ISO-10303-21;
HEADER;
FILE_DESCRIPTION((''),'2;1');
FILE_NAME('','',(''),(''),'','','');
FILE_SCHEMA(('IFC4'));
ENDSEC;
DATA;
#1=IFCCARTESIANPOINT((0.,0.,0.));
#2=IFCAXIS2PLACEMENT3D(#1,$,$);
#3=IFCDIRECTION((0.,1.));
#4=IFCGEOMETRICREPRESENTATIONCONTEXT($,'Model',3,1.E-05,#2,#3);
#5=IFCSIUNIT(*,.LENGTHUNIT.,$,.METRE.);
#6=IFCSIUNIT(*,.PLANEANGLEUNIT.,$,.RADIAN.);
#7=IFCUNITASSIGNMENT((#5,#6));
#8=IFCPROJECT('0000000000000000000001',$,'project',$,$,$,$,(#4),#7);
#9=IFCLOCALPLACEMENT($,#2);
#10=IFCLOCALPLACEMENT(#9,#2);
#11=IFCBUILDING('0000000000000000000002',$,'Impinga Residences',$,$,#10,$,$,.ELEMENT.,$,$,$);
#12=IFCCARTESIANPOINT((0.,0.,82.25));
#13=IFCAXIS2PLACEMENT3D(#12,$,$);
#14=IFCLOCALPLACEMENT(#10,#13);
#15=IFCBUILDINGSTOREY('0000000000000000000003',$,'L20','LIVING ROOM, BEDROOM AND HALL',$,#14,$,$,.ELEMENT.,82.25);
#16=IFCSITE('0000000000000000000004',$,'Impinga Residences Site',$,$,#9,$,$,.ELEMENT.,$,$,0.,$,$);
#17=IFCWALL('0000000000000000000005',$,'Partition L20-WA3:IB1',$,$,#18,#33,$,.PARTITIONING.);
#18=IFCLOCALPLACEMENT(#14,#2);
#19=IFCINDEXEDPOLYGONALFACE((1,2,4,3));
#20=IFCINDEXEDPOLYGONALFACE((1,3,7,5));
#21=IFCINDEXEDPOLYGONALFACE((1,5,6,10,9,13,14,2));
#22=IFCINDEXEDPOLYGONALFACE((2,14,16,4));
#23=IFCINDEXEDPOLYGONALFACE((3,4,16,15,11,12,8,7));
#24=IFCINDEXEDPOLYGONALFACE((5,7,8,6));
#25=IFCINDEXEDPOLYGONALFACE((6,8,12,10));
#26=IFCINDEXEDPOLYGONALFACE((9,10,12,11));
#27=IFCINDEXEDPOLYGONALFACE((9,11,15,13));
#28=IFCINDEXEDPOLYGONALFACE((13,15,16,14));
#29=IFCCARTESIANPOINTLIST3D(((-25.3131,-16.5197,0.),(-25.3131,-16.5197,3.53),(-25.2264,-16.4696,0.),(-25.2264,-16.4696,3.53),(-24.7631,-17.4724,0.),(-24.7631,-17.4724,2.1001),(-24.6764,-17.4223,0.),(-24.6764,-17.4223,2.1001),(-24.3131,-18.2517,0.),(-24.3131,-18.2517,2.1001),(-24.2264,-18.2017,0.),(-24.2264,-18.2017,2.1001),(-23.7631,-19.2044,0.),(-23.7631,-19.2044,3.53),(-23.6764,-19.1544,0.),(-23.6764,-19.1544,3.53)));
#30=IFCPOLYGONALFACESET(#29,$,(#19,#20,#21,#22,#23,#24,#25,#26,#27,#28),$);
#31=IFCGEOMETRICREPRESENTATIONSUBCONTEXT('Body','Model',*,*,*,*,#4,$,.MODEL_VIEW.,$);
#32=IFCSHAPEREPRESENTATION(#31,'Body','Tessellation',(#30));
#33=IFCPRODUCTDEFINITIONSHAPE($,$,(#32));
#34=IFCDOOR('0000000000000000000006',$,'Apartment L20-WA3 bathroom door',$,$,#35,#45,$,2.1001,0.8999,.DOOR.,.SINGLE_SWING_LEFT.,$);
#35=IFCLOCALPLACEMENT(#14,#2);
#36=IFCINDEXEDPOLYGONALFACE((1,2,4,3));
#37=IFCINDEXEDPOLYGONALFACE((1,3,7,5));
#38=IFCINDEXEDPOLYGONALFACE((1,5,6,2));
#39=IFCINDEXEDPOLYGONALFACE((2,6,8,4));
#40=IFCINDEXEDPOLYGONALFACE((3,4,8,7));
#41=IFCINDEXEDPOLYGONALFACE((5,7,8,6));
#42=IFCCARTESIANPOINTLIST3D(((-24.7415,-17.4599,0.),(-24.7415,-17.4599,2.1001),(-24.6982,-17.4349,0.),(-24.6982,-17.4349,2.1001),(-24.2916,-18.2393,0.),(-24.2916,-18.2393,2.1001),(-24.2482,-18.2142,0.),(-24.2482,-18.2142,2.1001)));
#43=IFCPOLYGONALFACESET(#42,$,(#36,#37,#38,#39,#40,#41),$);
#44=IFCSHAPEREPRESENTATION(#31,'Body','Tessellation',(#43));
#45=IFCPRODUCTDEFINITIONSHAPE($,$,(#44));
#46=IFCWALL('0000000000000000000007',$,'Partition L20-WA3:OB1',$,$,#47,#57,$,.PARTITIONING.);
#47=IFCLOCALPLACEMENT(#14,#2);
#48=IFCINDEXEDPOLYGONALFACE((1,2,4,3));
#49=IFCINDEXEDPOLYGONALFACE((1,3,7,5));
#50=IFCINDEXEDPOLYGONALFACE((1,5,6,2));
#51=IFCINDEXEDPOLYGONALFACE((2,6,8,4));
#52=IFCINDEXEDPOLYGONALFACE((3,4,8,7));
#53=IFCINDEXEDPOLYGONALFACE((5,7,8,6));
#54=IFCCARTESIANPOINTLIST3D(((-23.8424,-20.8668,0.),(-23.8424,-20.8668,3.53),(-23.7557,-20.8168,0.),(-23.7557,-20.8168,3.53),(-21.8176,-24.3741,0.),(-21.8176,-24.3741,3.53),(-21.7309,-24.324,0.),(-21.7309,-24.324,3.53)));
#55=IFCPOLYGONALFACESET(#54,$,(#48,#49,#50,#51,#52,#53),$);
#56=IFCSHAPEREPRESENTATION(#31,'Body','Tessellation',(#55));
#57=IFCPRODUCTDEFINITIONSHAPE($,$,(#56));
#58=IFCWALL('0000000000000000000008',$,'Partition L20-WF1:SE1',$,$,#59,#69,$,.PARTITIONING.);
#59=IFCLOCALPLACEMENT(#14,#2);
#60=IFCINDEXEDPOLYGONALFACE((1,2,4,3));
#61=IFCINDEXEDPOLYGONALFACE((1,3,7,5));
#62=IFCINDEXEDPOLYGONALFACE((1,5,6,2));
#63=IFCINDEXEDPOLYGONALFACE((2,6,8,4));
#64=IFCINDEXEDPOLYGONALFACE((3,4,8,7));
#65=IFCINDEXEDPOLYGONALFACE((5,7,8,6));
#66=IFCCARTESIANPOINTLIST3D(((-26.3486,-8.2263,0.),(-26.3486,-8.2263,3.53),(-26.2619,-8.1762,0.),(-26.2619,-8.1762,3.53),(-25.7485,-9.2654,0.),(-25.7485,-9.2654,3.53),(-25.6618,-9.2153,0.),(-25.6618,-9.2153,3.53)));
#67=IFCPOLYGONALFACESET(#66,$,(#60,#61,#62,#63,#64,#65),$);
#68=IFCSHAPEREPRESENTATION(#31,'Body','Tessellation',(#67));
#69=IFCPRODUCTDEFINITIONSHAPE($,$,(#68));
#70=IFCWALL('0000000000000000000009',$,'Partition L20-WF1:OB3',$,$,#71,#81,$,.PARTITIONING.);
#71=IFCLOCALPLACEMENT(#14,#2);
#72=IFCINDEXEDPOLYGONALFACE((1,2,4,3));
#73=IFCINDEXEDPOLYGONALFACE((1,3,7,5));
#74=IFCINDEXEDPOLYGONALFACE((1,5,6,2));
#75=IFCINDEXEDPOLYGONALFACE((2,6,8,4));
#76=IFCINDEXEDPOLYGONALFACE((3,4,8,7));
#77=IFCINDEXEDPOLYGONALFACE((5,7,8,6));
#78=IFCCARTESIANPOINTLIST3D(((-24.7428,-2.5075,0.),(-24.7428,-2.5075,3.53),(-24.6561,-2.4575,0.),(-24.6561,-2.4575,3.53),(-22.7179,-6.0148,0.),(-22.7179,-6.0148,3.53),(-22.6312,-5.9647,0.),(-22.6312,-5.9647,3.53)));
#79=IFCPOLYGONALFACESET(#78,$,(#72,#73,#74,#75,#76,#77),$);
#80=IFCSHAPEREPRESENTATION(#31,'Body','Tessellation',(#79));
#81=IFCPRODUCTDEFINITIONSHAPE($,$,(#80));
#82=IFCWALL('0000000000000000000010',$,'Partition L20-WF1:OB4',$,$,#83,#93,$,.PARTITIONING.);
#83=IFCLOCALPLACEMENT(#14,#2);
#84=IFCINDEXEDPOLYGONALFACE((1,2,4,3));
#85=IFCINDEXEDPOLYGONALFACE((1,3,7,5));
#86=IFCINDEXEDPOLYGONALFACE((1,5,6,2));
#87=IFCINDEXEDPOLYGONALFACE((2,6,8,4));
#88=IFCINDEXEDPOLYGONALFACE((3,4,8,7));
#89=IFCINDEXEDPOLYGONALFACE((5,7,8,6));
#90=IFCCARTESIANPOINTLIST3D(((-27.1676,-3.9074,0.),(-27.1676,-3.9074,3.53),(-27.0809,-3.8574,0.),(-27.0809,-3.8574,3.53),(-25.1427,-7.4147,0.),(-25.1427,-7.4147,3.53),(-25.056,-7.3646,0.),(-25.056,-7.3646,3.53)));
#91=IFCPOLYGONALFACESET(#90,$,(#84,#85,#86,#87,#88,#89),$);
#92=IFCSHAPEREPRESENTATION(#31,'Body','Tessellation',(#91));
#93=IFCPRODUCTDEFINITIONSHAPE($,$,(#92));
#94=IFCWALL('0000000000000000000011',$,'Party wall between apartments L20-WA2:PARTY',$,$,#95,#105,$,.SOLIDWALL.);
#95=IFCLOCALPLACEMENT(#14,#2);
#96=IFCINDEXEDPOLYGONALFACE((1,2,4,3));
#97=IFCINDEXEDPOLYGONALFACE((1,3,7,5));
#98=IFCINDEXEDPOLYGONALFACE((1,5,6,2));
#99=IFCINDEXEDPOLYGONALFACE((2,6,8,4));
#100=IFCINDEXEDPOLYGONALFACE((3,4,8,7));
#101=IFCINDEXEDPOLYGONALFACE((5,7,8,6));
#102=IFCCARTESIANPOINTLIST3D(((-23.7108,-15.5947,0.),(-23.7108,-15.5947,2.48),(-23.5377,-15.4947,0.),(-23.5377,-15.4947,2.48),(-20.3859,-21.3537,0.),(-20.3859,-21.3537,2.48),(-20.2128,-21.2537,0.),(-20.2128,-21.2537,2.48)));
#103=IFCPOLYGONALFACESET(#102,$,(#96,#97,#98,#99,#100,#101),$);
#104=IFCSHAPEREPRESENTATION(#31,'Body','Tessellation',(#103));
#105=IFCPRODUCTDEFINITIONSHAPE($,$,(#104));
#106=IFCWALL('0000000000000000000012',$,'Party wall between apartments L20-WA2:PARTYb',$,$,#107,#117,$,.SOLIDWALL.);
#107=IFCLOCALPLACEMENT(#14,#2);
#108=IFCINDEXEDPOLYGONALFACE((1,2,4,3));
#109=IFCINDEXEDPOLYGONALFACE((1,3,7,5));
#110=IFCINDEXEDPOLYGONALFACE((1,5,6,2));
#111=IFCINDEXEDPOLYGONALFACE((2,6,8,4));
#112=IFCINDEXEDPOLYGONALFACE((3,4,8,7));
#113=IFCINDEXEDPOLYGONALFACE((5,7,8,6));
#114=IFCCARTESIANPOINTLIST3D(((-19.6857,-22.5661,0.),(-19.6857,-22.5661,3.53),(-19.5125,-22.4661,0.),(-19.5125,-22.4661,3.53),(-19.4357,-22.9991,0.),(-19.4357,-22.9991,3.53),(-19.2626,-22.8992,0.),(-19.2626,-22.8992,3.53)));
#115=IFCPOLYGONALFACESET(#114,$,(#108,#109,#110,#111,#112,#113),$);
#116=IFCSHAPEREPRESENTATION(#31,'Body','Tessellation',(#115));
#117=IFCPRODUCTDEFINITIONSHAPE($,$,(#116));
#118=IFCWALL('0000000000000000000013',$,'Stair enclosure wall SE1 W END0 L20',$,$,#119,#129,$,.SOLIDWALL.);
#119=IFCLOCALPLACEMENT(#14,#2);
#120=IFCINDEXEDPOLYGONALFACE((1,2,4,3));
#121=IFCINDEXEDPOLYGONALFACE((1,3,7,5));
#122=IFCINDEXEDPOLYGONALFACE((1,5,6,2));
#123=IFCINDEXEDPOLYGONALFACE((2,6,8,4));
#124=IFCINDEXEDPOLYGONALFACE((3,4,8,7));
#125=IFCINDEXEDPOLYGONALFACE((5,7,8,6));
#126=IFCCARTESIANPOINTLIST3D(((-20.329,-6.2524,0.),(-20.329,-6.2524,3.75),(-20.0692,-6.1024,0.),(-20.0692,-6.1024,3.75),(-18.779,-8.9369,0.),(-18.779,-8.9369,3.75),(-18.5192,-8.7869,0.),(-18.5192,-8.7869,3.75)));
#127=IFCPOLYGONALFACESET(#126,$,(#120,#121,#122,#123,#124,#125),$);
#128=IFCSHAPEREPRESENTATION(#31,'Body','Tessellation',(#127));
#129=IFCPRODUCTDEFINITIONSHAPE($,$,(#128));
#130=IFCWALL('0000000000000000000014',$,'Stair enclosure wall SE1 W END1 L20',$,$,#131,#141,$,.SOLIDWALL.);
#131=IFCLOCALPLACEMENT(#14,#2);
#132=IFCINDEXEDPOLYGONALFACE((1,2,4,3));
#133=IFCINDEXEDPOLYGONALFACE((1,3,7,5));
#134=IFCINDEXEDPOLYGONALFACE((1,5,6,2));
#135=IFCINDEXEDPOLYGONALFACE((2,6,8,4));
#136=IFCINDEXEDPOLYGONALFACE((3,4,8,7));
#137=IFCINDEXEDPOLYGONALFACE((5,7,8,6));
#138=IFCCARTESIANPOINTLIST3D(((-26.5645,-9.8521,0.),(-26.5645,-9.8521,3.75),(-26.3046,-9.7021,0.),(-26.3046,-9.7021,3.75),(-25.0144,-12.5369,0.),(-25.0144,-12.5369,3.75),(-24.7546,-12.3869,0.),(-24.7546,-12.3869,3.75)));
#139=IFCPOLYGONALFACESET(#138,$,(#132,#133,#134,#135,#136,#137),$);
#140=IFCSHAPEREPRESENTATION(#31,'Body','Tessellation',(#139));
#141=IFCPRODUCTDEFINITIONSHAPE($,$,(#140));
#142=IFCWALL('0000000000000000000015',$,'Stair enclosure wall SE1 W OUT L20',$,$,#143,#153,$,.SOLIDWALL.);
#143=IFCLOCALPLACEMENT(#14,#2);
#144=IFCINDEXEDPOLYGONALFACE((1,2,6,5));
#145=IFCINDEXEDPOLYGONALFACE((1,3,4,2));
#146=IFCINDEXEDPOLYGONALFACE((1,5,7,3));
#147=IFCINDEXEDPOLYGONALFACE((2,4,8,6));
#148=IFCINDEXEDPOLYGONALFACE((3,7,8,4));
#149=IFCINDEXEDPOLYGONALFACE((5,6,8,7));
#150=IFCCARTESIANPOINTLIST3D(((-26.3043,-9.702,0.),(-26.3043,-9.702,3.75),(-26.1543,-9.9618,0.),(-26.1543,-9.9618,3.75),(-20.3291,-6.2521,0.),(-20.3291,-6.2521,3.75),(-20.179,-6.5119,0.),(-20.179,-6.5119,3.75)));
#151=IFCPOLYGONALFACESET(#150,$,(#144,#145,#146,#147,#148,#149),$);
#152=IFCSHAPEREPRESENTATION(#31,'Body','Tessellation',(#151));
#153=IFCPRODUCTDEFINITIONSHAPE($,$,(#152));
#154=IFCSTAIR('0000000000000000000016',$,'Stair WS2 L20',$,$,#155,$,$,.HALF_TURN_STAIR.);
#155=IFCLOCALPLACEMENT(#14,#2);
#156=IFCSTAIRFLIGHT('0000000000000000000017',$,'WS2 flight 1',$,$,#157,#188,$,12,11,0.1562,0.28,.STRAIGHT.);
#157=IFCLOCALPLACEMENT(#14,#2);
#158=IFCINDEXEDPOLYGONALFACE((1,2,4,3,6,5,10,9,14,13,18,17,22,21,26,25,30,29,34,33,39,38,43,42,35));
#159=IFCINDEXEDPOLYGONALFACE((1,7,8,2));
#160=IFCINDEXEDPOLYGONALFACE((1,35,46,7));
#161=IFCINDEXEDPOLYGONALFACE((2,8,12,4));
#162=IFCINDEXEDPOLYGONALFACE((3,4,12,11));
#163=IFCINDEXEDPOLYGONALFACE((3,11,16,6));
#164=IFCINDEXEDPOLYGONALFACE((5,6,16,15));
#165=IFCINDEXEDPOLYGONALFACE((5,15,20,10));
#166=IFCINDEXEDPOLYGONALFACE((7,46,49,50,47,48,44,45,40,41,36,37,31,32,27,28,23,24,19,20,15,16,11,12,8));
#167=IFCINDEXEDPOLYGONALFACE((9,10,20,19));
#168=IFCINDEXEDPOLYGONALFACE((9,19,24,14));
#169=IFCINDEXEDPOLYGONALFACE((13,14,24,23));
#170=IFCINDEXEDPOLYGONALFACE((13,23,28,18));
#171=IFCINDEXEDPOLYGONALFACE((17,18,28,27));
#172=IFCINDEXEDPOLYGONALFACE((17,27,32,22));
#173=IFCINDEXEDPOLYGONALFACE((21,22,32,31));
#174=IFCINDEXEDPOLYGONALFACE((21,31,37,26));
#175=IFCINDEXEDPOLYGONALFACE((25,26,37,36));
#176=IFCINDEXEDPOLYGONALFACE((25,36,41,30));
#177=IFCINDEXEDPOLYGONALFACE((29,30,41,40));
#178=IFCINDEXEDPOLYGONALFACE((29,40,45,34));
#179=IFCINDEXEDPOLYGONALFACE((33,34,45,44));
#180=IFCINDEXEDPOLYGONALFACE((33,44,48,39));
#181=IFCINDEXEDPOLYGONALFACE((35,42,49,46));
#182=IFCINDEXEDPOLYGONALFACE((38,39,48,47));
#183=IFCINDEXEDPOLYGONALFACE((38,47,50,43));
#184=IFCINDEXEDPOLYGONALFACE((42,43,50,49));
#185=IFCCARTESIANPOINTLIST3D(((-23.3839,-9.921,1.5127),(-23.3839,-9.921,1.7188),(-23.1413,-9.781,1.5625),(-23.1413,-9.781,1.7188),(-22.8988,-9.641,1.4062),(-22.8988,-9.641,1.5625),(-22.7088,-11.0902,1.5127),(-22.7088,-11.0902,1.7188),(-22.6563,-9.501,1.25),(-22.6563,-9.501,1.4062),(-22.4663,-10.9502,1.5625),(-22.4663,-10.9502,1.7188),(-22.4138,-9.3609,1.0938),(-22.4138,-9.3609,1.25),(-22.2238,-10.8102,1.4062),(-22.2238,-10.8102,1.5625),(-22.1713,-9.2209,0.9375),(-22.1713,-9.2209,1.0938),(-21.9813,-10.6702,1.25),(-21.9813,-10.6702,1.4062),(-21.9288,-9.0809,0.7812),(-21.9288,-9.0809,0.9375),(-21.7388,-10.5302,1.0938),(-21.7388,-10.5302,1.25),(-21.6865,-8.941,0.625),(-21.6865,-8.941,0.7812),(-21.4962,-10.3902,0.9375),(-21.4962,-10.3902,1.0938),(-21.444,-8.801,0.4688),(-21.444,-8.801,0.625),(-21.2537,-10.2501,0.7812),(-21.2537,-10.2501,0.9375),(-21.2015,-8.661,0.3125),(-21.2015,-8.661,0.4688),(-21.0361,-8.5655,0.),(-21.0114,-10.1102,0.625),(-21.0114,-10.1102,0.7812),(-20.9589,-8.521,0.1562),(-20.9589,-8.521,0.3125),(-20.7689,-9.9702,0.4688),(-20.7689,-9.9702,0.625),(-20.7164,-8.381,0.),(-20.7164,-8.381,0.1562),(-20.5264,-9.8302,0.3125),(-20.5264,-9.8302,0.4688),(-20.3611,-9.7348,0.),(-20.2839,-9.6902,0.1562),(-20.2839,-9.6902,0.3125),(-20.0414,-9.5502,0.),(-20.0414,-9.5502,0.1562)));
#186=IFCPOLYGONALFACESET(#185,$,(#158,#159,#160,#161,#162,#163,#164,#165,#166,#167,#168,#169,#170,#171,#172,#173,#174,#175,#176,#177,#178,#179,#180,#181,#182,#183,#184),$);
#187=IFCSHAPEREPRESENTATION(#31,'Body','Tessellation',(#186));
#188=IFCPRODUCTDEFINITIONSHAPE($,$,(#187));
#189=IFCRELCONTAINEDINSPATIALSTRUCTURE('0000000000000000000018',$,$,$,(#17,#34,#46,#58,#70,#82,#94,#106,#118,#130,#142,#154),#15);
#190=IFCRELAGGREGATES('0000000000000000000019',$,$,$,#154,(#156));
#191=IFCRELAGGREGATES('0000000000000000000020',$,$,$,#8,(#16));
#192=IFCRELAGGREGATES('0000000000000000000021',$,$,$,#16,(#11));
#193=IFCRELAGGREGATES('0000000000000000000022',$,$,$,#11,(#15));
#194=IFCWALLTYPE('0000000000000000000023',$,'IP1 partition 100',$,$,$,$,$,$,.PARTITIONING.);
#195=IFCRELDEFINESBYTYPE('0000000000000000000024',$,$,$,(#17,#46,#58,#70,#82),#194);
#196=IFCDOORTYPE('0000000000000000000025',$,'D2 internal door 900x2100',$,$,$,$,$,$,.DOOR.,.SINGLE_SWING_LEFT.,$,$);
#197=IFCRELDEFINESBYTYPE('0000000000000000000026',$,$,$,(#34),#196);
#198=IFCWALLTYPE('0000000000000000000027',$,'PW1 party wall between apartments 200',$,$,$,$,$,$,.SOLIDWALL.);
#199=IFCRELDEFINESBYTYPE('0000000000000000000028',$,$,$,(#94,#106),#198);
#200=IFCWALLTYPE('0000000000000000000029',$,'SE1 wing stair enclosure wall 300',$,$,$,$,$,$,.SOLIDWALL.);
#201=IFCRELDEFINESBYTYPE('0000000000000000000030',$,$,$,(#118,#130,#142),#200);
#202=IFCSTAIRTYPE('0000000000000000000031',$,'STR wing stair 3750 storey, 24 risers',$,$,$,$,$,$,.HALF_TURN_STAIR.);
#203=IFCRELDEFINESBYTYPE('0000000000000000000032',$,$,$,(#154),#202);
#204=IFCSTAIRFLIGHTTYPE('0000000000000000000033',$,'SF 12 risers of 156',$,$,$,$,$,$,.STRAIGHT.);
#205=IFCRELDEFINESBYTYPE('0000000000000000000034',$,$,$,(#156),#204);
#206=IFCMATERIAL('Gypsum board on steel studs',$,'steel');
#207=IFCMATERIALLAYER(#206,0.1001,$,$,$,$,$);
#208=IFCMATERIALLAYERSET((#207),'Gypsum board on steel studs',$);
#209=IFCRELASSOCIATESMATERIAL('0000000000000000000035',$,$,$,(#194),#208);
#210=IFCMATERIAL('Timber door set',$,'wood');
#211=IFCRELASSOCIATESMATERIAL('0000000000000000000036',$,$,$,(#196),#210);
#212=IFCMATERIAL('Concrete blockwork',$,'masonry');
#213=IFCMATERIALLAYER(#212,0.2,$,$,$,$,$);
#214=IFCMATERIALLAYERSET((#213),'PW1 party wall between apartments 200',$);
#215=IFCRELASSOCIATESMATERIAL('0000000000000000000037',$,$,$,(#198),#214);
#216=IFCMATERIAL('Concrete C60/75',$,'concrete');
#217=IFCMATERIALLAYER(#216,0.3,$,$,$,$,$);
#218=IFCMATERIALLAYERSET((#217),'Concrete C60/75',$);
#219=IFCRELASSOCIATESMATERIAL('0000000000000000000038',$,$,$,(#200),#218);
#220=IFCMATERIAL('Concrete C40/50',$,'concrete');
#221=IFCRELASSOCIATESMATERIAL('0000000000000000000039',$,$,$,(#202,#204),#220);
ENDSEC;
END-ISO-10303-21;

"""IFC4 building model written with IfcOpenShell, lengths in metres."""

from ifc_helpers import new_model, si_unit, direction, frame, frame_2d, origin, place, context, subcontext, project, spatial, polyline, rectangle, outline, extrude, material, layer, layer_set, type_object, element, fill, aggregate, save


model = new_model("IFC4")

# Units and contexts
model_context = context("Model", 3, precision=1e-05, world=origin(), true_north=direction((0.0, 1.0)))
body_context = subcontext(model_context, "Body", "Model", "MODEL_VIEW")
ifc_project = project(units=[si_unit("LENGTHUNIT", "METRE"), si_unit("PLANEANGLEUNIT", "RADIAN")], contexts=[model_context])

# Site, building, storey
site_placement = place(None, origin())
site = spatial("IfcSite", under=ifc_project, at=site_placement, Name="Impinga Residences Site", CompositionType="ELEMENT", RefElevation=0.0)
building_placement = place(site_placement, origin())
building = spatial("IfcBuilding", under=site, at=building_placement, Name="Impinga Residences", CompositionType="ELEMENT")
storey_placement = place(building_placement, frame((0.0, 0.0, 82.25)))
storey = spatial("IfcBuildingStorey", under=building, at=storey_placement, Name="L20", Description="LIVING ROOM, BEDROOM AND HALL", CompositionType="ELEMENT", Elevation=82.25)

# Shared definitions
ifc_material_1 = material(Name="Concrete C60/75", Category="concrete")

# Shared definitions
ifc_material_2 = material(Name="Gypsum board on steel studs", Category="steel")
ifc_layer_1 = layer(ifc_material_2, 0.1001)
ifc_layer_set_1 = layer_set([ifc_layer_1], Name="Gypsum board on steel studs")
wall_type_1 = type_object("IfcWallType", Name="IP1 partition 100", PredefinedType="PARTITIONING", material=ifc_layer_set_1)

# Shared definitions
ifc_material_3 = material(Name="Timber door set", Category="wood")
door_type = type_object("IfcDoorType", Name="D2 internal door 900x2100", OperationType="SINGLE_SWING_LEFT", PredefinedType="DOOR", material=ifc_material_3)

# Wall, opening, door
wall_1_placement = place(storey_placement, frame((-25.2698, -16.4946, 0.0), z_axis=(0.0, 0.0, 1.0), x_axis=(0.499993, -0.86603, 0.0)))
wall_1 = element("IfcWall", 1, at=wall_1_placement, inside=storey, type_object=wall_type_1, Name="Partition L20-WA3:IB1", PredefinedType="PARTITIONING", context=body_context, shape_type="SweptSolid", body=[
    extrude(rectangle(XDim=3.1001, YDim=0.1001, at=frame_2d((1.55, 0.0))), origin(), (0.0, 0.0, 1.0), 3.53),
])
opening_1_placement = place(wall_1_placement, frame((1.1001, 0.0, 0.0)))
opening_1 = element("IfcOpeningElement", 2, at=opening_1_placement, cuts=wall_1, PredefinedType="OPENING", context=body_context, shape_type="SweptSolid", body=[
    extrude(rectangle(XDim=0.8999, YDim=2.1001, at=frame_2d((0.45, 1.05))), frame((0.0, 0.0601, 0.0), z_axis=(0.0, -1.0, 0.0), x_axis=(1.0, 0.0, 0.0)), (0.0, 0.0, 1.0), 0.1201),
])
door_1_placement = place(opening_1_placement, origin())
door_1 = element("IfcDoor", 3, at=door_1_placement, inside=storey, type_object=door_type, Name="Apartment L20-WA3 bathroom door", OperationType="SINGLE_SWING_LEFT", OverallHeight=2.1001, OverallWidth=0.8999, PredefinedType="DOOR", context=body_context, shape_type="SweptSolid", body=[
    extrude(rectangle(XDim=0.8999, YDim=2.1001, at=frame_2d((0.45, 1.05))), frame((0.0, 0.0249, 0.0), z_axis=(0.0, -1.0, 0.0), x_axis=(1.0, 0.0, 0.0)), (0.0, 0.0, 1.0), 0.05),
])
fill(opening_1, door_1)

# Walls
wall_2_placement = place(storey_placement, frame((-23.7991, -20.8418, 0.0), z_axis=(0.0, 0.0, 1.0), x_axis=(0.49999, -0.866031, 0.0)))
element("IfcWall", 4, at=wall_2_placement, inside=storey, type_object=wall_type_1, Name="Partition L20-WA3:OB1", PredefinedType="PARTITIONING", context=body_context, shape_type="SweptSolid", body=[
    extrude(rectangle(XDim=4.0498, YDim=0.1001, at=frame_2d((2.0249, 0.0))), origin(), (0.0, 0.0, 1.0), 3.53),
])
wall_3_placement = place(storey_placement, frame((-25.7051, -9.2405, 0.0), z_axis=(0.0, 0.0, 1.0), x_axis=(-0.500122, 0.865955, 0.0)))
element("IfcWall", 5, at=wall_3_placement, inside=storey, type_object=wall_type_1, Name="Partition L20-WF1:SE1", PredefinedType="PARTITIONING", context=body_context, shape_type="SweptSolid", body=[
    extrude(rectangle(XDim=1.2, YDim=0.1001, at=frame_2d((0.6001, 0.0))), origin(), (0.0, 0.0, 1.0), 3.53),
])
for number, where, z_axis, x_axis, name in (
    (6, (-22.6746, -5.9897, 0.0), (0.0, 0.0, 1.0), (-0.49999, 0.866031, 0.0), "Partition L20-WF1:OB3"),
    (7, (-25.0994, -7.3896, 0.0), (0.0, 0.0, 1.0), (-0.49999, 0.866031, 0.0), "Partition L20-WF1:OB4"),
):
    element("IfcWall", number, at=place(storey_placement, frame(where, z_axis=z_axis, x_axis=x_axis)), inside=storey, type_object=wall_type_1, Name=name, PredefinedType="PARTITIONING", context=body_context, shape_type="SweptSolid", body=[
        extrude(rectangle(XDim=4.0498, YDim=0.1001, at=frame_2d((2.0249, 0.0))), origin(), (0.0, 0.0, 1.0), 3.53),
    ])
ifc_material_4 = material(Name="Concrete blockwork", Category="masonry")
ifc_layer_2 = layer(ifc_material_4, 0.2)
ifc_layer_set_2 = layer_set([ifc_layer_2], Name="PW1 party wall between apartments 200")
wall_type_2 = type_object("IfcWallType", Name="PW1 party wall between apartments 200", PredefinedType="SOLIDWALL", material=ifc_layer_set_2)
wall_4_placement = place(storey_placement, frame((-23.6243, -15.5447, 0.0), z_axis=(0.0, 0.0, 1.0), x_axis=(0.499997, -0.866027, 0.0)))
element("IfcWall", 8, at=wall_4_placement, inside=storey, type_object=wall_type_2, Name="Party wall between apartments L20-WA2:PARTY", PredefinedType="SOLIDWALL", context=body_context, shape_type="SweptSolid", body=[
    extrude(rectangle(XDim=6.6499, YDim=0.2, at=frame_2d((3.325, 0.0))), origin(), (0.0, 0.0, 1.0), 2.48),
])
wall_5_placement = place(storey_placement, frame((-19.5991, -22.5161, 0.0), z_axis=(0.0, 0.0, 1.0), x_axis=(0.49992, -0.866072, 0.0)))
element("IfcWall", 9, at=wall_5_placement, inside=storey, type_object=wall_type_2, Name="Party wall between apartments L20-WA2:PARTYb", PredefinedType="SOLIDWALL", context=body_context, shape_type="SweptSolid", body=[
    extrude(rectangle(XDim=0.5, YDim=0.2, at=frame_2d((0.25, 0.0))), origin(), (0.0, 0.0, 1.0), 3.53),
])
ifc_layer_3 = layer(ifc_material_1, 0.3)
ifc_layer_set_3 = layer_set([ifc_layer_3], Name="Concrete C60/75")
wall_type_3 = type_object("IfcWallType", Name="SE1 wing stair enclosure wall 300", PredefinedType="SOLIDWALL", material=ifc_layer_set_3)
wall_6_placement = place(storey_placement, frame((-18.6492, -8.8618, 0.0), z_axis=(0.0, 0.0, 1.0), x_axis=(-0.500027, 0.86601, 0.0)))
element("IfcWall", 10, at=wall_6_placement, inside=storey, type_object=wall_type_3, Name="Stair enclosure wall SE1 W END0 L20", PredefinedType="SOLIDWALL", context=body_context, shape_type="SweptSolid", body=[
    extrude(rectangle(XDim=3.0999, YDim=0.3, at=frame_2d((1.5498, 0.0))), origin(), (0.0, 0.0, 1.0), 3.75),
])
wall_7_placement = place(storey_placement, frame((-24.8845, -12.4619, 0.0), z_axis=(0.0, 0.0, 1.0), x_axis=(-0.499993, 0.86603, 0.0)))
element("IfcWall", 11, at=wall_7_placement, inside=storey, type_object=wall_type_3, Name="Stair enclosure wall SE1 W END1 L20", PredefinedType="SOLIDWALL", context=body_context, shape_type="SweptSolid", body=[
    extrude(rectangle(XDim=3.1001, YDim=0.3, at=frame_2d((1.55, 0.0))), origin(), (0.0, 0.0, 1.0), 3.75),
])
wall_8_placement = place(storey_placement, frame((-20.2542, -6.3821, 0.0), z_axis=(0.0, 0.0, 1.0), x_axis=(-0.86602, -0.500009, 0.0)))
element("IfcWall", 12, at=wall_8_placement, inside=storey, type_object=wall_type_3, Name="Stair enclosure wall SE1 W OUT L20", PredefinedType="SOLIDWALL", context=body_context, shape_type="SweptSolid", body=[
    extrude(rectangle(XDim=6.8997, YDim=0.3, at=frame_2d((3.4497, 0.0))), origin(), (0.0, 0.0, 1.0), 3.75),
])

# Stair, stair flight
ifc_material_5 = material(Name="Concrete C40/50", Category="concrete")
stair_type = type_object("IfcStairType", Name="STR wing stair 3750 storey, 24 risers", PredefinedType="HALF_TURN_STAIR", material=ifc_material_5)
stair_placement = place(storey_placement, origin())
stair = element("IfcStair", 13, at=stair_placement, inside=storey, type_object=stair_type, Name="Stair WS2 L20", PredefinedType="HALF_TURN_STAIR")
stair_flight_type = type_object("IfcStairFlightType", Name="SF 12 risers of 156", PredefinedType="STRAIGHT", material=ifc_material_5)
stair_flight_1_placement = place(storey_placement, frame((-20.3789, -8.9656, 0.0), z_axis=(0.0, 0.0, 1.0), x_axis=(-0.866025, -0.5, 0.0)))
stair_flight_1 = element("IfcStairFlight", 14, at=stair_flight_1_placement, type_object=stair_flight_type, Name="WS2 flight 1", NumberOfRisers=12, NumberOfTreads=11, PredefinedType="STRAIGHT", RiserHeight=0.1562, TreadLength=0.28, context=body_context, shape_type="SweptSolid", body=[
    extrude(outline(polyline([(0.0, 0.0), (0.0, 0.1562), (0.28, 0.1562), (0.28, 0.3125), (0.5601, 0.3125), (0.5601, 0.4688), (0.8401, 0.4688), (0.8401, 0.625), (1.1201, 0.625), (1.1201, 0.7812), (1.3999, 0.7812), (1.3999, 0.9375), (1.6799, 0.9375), (1.6799, 1.0938), (1.96, 1.0938), (1.96, 1.25), (2.24, 1.25), (2.24, 1.4062), (2.52, 1.4062), (2.52, 1.5625), (2.8, 1.5625), (2.8, 1.7188), (3.0801, 1.7188), (3.0801, 1.875), (3.0801, 1.5127), (0.3691, 0.0), (0.0, 0.0)])), frame((0.0, 0.675, 0.0), z_axis=(0.0, -1.0, 0.0), x_axis=(1.0, 0.0, 0.0)), (0.0, 0.0, 1.0), 1.3501),
])
aggregate(stair, [stair_flight_1])

save(model, "model.ifc")
